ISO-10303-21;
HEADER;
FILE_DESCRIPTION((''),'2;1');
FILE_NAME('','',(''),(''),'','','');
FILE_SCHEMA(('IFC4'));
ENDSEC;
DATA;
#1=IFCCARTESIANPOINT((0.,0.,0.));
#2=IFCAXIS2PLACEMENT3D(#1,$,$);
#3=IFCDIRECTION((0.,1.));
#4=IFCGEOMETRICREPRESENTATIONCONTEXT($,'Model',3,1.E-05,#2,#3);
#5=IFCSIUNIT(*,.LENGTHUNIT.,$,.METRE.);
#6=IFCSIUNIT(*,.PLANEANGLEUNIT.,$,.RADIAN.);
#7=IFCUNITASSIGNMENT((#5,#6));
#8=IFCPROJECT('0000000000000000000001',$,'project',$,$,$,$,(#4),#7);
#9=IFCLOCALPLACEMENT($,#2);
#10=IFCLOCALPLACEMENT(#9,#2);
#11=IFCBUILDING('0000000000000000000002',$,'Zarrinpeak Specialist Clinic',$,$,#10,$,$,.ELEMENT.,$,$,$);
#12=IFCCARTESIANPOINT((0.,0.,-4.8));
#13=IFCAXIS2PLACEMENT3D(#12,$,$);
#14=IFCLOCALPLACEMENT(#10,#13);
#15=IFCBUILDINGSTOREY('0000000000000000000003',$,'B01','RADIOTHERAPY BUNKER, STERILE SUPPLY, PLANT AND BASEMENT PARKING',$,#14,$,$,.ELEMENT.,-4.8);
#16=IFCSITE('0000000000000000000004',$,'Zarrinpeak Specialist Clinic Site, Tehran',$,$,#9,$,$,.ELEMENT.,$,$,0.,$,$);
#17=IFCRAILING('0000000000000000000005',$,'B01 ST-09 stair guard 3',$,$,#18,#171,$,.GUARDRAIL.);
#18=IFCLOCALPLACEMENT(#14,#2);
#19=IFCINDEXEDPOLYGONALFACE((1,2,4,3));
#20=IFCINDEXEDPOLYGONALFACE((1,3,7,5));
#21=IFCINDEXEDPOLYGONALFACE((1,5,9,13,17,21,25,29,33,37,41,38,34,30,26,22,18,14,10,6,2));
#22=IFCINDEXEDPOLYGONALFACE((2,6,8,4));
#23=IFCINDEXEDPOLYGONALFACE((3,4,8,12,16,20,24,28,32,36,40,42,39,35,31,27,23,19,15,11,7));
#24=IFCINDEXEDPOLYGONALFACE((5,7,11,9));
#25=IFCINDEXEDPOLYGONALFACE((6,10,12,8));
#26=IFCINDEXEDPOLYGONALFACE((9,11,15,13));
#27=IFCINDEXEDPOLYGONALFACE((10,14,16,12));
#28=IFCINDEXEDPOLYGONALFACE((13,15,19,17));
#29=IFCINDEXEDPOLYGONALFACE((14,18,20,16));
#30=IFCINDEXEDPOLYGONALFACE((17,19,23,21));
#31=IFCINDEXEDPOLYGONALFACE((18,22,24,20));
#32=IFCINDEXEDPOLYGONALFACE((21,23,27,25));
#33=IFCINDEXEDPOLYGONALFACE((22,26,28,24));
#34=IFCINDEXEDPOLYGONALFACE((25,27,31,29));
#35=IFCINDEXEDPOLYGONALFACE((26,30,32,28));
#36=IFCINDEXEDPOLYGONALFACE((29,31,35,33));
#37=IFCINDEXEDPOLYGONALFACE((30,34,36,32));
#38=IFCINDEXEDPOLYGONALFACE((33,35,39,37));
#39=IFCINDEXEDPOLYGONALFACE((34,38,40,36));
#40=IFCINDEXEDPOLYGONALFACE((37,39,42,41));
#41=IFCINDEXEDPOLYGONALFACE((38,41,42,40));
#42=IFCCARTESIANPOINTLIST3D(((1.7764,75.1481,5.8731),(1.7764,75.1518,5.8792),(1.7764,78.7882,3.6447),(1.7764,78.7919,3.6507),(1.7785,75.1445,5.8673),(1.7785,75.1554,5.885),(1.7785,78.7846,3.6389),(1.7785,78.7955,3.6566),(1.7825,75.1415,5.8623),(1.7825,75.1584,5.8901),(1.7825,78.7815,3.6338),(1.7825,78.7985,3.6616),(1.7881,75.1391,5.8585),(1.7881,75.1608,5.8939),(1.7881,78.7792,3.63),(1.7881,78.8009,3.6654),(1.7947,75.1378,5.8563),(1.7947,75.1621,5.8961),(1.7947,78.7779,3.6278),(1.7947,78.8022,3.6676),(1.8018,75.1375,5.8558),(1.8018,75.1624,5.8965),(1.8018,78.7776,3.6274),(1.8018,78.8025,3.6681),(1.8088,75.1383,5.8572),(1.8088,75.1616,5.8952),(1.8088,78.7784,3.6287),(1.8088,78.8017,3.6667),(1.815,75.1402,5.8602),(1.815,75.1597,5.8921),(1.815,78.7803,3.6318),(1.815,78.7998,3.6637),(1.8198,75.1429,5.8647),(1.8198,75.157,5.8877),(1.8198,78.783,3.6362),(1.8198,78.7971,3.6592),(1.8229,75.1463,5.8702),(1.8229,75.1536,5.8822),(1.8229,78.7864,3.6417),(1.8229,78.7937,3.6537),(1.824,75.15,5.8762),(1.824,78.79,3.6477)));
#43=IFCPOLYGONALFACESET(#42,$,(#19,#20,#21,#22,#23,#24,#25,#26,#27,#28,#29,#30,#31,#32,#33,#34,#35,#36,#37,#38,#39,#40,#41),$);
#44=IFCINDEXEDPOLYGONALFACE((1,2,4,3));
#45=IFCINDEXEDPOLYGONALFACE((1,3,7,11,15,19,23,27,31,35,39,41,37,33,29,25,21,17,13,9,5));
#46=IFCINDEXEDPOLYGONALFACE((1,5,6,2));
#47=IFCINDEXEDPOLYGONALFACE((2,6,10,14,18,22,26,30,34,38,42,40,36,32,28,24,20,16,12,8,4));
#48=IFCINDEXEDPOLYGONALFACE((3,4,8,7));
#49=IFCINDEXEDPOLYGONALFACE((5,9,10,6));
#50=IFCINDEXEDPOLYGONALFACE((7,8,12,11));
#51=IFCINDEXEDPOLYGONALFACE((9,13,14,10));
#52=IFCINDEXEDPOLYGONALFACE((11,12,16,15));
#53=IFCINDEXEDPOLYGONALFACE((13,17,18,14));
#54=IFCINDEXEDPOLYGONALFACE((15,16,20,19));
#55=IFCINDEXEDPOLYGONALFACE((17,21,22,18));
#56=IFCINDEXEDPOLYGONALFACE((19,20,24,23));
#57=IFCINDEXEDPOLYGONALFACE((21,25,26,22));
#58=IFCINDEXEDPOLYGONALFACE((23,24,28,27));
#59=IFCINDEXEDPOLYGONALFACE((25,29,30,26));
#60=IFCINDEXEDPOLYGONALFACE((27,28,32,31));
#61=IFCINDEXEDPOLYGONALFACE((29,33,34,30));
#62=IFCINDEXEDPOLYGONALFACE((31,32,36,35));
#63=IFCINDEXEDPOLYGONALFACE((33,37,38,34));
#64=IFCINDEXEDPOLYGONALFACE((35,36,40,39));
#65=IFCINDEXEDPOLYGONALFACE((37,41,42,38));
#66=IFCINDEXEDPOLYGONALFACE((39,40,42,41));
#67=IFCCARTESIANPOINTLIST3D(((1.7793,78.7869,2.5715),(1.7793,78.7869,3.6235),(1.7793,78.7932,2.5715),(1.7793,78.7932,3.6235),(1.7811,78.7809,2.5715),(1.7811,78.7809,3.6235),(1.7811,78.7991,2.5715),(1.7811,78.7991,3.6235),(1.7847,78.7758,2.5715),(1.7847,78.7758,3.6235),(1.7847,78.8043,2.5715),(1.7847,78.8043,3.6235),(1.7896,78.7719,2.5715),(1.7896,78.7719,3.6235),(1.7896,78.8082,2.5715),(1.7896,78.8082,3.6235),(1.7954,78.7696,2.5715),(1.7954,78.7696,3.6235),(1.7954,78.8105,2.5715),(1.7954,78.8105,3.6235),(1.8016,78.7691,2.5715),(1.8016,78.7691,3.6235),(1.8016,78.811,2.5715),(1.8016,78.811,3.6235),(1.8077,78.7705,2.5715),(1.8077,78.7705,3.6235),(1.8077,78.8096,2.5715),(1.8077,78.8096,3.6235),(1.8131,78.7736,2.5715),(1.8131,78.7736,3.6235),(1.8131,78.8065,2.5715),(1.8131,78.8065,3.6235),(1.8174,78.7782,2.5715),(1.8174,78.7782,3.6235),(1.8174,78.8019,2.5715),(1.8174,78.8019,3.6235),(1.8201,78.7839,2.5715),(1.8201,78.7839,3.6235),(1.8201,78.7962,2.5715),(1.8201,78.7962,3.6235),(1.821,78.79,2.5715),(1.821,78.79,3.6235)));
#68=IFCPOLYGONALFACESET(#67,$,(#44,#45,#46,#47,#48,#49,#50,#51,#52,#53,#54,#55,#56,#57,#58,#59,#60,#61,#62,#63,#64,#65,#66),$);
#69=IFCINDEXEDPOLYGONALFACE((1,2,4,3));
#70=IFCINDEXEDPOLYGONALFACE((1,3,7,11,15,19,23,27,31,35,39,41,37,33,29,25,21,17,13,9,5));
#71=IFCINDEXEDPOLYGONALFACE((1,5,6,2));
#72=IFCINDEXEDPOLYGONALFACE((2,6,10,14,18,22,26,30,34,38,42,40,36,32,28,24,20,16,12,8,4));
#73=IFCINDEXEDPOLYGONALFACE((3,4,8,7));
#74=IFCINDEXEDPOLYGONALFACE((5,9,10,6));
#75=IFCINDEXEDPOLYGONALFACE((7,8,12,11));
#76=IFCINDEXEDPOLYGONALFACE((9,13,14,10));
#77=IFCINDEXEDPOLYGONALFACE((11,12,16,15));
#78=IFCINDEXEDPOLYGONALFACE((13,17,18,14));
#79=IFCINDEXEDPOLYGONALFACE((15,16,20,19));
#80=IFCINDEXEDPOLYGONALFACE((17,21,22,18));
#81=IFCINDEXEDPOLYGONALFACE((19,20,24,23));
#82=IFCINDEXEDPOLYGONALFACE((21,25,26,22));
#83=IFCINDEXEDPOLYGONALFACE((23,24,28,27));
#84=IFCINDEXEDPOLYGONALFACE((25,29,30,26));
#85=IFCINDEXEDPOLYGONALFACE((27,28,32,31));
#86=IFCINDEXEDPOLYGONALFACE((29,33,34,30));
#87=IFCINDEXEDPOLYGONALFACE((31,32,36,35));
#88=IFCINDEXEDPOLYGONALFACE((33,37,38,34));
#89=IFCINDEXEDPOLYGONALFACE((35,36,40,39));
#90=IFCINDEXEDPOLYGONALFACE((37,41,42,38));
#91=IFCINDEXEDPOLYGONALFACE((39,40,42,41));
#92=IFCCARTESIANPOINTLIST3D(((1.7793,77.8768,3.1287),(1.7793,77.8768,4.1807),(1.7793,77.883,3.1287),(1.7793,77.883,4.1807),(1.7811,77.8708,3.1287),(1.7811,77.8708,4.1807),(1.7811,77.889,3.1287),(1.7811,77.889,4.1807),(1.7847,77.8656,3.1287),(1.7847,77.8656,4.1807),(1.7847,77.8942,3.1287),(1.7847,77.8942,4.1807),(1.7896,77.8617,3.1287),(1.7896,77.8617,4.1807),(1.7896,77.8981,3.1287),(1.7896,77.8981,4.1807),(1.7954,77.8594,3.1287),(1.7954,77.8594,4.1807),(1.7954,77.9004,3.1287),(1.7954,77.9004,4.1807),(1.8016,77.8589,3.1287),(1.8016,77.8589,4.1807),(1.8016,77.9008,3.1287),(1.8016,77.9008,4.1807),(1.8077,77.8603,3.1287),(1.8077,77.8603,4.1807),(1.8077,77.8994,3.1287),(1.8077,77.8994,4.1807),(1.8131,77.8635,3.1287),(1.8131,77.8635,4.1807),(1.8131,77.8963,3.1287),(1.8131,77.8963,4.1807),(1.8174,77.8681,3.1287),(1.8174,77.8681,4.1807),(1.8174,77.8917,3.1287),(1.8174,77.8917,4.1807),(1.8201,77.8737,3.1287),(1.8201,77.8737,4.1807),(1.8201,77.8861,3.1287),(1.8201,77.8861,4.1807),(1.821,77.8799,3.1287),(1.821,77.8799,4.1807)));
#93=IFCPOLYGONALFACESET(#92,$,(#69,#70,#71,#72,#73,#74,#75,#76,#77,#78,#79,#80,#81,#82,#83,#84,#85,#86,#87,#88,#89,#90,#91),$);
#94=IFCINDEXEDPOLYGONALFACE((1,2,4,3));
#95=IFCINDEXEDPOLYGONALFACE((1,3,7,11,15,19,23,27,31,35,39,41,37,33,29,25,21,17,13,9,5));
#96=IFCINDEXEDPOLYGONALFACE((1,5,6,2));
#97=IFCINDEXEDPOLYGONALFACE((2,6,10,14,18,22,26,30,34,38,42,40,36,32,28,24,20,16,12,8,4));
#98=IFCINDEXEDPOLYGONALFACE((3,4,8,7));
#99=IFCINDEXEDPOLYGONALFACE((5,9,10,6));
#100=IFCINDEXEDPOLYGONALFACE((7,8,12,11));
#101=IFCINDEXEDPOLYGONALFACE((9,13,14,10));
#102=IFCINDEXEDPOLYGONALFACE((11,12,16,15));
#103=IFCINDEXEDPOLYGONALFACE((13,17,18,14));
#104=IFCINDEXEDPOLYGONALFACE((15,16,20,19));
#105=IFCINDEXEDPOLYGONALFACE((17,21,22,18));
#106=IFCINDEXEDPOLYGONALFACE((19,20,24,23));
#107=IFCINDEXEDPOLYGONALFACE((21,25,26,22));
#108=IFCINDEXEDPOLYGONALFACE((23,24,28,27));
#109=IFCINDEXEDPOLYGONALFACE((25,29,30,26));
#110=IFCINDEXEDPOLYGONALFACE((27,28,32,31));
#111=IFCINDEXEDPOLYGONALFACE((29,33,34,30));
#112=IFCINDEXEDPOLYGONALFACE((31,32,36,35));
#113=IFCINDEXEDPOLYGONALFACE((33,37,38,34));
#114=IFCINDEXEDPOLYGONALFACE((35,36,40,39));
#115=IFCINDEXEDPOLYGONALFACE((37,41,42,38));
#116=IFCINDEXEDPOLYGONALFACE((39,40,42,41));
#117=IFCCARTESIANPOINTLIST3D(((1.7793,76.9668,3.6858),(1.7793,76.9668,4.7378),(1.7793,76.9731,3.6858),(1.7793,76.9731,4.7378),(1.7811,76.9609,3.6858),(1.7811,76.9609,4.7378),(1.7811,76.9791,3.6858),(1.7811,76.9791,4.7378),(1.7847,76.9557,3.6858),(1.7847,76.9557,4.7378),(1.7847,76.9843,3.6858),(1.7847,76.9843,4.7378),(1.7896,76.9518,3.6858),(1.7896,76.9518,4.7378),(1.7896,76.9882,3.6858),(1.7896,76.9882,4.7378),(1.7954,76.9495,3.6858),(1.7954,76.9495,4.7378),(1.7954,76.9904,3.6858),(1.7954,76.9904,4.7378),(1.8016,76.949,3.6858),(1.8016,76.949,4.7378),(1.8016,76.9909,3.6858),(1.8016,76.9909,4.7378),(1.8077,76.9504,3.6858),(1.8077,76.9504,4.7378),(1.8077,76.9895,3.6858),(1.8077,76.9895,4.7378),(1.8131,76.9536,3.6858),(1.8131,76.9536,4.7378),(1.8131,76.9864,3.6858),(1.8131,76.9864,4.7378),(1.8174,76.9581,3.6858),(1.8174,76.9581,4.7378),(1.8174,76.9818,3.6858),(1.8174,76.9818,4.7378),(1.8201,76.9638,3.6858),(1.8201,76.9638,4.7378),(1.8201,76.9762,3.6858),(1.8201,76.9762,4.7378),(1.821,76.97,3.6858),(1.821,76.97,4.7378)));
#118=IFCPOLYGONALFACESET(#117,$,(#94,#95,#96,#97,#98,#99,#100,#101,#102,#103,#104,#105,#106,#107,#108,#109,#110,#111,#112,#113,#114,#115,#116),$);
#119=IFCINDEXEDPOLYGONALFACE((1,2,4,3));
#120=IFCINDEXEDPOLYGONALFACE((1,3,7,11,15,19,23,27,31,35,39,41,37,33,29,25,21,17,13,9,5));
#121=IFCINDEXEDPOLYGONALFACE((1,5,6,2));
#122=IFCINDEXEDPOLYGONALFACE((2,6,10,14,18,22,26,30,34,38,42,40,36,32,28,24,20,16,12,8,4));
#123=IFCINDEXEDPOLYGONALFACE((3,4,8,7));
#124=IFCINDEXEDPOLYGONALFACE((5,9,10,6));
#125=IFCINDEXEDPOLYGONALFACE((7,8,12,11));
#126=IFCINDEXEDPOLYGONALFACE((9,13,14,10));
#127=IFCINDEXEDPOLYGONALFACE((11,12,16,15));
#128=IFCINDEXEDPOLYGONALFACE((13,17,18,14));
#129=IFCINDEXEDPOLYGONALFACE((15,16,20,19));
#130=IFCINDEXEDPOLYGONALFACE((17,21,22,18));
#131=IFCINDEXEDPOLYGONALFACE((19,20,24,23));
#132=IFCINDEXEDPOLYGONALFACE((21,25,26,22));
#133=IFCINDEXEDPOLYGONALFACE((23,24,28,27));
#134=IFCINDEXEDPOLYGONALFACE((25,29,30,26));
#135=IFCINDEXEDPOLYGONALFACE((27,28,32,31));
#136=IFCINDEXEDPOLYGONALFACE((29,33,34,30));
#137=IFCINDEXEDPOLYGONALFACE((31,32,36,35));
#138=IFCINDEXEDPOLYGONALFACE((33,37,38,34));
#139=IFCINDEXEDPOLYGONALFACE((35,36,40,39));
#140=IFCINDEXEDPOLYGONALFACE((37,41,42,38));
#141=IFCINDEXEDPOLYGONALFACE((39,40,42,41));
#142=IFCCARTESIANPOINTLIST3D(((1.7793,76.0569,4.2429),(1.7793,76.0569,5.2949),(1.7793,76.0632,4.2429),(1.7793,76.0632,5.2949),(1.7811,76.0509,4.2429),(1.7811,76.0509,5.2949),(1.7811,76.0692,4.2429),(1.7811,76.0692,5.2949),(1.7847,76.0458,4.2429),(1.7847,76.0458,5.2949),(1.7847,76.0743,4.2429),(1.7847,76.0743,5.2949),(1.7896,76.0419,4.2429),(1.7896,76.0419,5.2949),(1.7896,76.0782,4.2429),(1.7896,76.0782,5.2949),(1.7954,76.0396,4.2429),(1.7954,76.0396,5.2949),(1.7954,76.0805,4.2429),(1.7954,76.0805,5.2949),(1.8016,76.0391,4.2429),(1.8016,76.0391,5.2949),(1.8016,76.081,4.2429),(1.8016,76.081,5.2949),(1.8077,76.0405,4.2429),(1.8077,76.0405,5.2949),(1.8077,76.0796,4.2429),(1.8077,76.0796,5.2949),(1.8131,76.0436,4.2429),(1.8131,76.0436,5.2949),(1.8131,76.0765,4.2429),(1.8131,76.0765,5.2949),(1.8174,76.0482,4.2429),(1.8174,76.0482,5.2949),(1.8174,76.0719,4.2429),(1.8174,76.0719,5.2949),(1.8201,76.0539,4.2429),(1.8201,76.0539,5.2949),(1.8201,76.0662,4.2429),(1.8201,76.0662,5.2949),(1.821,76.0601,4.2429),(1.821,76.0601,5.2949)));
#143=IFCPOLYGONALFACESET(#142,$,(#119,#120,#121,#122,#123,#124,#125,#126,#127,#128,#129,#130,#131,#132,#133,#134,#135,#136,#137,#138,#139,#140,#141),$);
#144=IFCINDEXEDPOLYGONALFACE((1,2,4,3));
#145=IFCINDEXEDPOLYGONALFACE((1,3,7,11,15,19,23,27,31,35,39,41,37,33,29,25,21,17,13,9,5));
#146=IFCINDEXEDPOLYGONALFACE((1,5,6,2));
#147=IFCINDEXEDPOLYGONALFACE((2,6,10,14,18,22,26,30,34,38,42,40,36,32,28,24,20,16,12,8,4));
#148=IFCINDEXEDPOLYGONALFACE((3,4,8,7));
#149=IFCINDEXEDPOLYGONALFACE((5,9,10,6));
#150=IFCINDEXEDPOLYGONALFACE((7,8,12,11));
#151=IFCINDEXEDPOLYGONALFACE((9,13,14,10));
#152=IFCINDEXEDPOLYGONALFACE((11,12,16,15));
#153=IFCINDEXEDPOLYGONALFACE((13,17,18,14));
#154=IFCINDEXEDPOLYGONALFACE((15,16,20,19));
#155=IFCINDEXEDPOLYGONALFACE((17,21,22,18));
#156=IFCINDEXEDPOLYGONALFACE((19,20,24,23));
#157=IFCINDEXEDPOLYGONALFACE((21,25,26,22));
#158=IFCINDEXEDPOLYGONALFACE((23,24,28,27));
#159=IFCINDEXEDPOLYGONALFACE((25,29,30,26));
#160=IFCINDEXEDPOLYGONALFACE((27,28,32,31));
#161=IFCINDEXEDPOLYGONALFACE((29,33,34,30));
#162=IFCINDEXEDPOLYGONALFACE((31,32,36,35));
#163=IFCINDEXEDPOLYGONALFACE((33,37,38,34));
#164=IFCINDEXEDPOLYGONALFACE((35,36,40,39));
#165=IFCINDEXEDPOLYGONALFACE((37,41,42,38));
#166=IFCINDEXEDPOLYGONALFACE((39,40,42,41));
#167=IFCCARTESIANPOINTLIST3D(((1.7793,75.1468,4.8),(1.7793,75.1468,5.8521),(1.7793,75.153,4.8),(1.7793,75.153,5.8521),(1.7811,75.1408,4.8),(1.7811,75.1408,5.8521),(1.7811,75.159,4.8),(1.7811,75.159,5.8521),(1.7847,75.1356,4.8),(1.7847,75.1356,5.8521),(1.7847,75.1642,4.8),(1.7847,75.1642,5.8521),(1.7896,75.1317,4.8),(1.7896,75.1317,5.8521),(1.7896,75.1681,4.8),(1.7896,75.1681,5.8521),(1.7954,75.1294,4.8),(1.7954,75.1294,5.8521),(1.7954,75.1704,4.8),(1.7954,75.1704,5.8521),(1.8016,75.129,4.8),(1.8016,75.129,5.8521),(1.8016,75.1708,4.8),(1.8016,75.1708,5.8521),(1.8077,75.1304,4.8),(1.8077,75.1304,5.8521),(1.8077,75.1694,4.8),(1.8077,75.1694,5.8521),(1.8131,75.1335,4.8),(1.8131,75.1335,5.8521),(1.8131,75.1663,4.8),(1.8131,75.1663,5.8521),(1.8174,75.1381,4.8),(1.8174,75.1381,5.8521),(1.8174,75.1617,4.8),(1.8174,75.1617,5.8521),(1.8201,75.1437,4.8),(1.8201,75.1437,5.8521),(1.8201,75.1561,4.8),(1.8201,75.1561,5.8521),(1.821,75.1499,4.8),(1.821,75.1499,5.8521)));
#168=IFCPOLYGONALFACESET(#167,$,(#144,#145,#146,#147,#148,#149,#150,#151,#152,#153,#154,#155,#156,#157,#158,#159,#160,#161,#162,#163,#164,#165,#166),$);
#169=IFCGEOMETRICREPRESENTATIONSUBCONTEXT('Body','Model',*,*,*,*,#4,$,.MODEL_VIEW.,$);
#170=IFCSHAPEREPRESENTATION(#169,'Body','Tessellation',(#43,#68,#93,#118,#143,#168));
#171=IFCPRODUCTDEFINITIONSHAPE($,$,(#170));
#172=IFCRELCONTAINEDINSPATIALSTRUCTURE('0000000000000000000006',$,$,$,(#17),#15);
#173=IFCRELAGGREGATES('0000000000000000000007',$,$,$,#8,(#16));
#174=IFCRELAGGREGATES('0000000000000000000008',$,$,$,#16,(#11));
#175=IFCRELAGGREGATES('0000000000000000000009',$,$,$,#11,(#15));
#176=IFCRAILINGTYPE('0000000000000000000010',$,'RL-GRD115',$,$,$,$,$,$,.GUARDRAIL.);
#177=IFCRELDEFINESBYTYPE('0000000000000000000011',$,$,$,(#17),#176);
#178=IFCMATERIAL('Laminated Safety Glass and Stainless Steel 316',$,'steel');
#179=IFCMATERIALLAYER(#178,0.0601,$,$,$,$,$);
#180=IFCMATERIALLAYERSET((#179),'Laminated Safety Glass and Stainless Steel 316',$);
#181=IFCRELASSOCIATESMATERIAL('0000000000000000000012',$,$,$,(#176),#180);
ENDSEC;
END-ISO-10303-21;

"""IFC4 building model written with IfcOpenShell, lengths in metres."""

from ifc_helpers import new_model, si_unit, direction, frame, origin, origin_2d, place, context, subcontext, project, spatial, circle, extrude, material, layer, layer_set, type_object, element, save


model = new_model("IFC4")

# Units and contexts
model_context = context("Model", 3, precision=1e-05, world=origin(), true_north=direction((0.0, 1.0)))
body_context = subcontext(model_context, "Body", "Model", "MODEL_VIEW")
ifc_project = project(units=[si_unit("LENGTHUNIT", "METRE"), si_unit("PLANEANGLEUNIT", "RADIAN")], contexts=[model_context])

# Site, building, storey
site_placement = place(None, origin())
site = spatial("IfcSite", under=ifc_project, at=site_placement, Name="Zarrinpeak Specialist Clinic Site, Tehran", CompositionType="ELEMENT", RefElevation=0.0)
building_placement = place(site_placement, origin())
building = spatial("IfcBuilding", under=site, at=building_placement, Name="Zarrinpeak Specialist Clinic", CompositionType="ELEMENT")
storey_placement = place(building_placement, frame((0.0, 0.0, -4.8)))
storey = spatial("IfcBuildingStorey", under=building, at=storey_placement, Name="B01", Description="RADIOTHERAPY BUNKER, STERILE SUPPLY, PLANT AND BASEMENT PARKING", CompositionType="ELEMENT", Elevation=-4.8)

# Railing
ifc_material_1 = material(Name="Laminated Safety Glass and Stainless Steel 316", Category="steel")
ifc_layer_1 = layer(ifc_material_1, 0.0601)
ifc_layer_set_1 = layer_set([ifc_layer_1], Name="Laminated Safety Glass and Stainless Steel 316")
railing_type_1 = type_object("IfcRailingType", Name="RL-GRD115", PredefinedType="GUARDRAIL", material=ifc_layer_set_1)
railing_1_placement = place(storey_placement, frame((1.8, 78.79, 2.5715)))
element("IfcRailing", 1, at=railing_1_placement, inside=storey, type_object=railing_type_1, Name="B01 ST-09 stair guard 3", PredefinedType="GUARDRAIL", context=body_context, shape_type="SweptSolid", body=[
    extrude(circle(Radius=0.0239, at=origin_2d()), frame((0.0, 0.0, 1.0762), z_axis=(0.0, -0.852866, 0.52213), x_axis=(1.0, 0.0, 0.0)), (0.0, 0.0, 1.0), 4.2681),
    extrude(circle(Radius=0.021, at=origin_2d()), origin(), (0.0, 0.0, 1.0), 1.052),
    extrude(circle(Radius=0.021, at=origin_2d()), frame((0.0, -0.9102, 0.5571)), (0.0, 0.0, 1.0), 1.052),
    extrude(circle(Radius=0.021, at=origin_2d()), frame((0.0, -1.8201, 1.1143)), (0.0, 0.0, 1.0), 1.052),
    extrude(circle(Radius=0.021, at=origin_2d()), frame((0.0, -2.73, 1.6714)), (0.0, 0.0, 1.0), 1.052),
    extrude(circle(Radius=0.021, at=origin_2d()), frame((0.0, -3.6401, 2.2285)), (0.0, 0.0, 1.0), 1.052),
])

save(model, "model.ifc")
